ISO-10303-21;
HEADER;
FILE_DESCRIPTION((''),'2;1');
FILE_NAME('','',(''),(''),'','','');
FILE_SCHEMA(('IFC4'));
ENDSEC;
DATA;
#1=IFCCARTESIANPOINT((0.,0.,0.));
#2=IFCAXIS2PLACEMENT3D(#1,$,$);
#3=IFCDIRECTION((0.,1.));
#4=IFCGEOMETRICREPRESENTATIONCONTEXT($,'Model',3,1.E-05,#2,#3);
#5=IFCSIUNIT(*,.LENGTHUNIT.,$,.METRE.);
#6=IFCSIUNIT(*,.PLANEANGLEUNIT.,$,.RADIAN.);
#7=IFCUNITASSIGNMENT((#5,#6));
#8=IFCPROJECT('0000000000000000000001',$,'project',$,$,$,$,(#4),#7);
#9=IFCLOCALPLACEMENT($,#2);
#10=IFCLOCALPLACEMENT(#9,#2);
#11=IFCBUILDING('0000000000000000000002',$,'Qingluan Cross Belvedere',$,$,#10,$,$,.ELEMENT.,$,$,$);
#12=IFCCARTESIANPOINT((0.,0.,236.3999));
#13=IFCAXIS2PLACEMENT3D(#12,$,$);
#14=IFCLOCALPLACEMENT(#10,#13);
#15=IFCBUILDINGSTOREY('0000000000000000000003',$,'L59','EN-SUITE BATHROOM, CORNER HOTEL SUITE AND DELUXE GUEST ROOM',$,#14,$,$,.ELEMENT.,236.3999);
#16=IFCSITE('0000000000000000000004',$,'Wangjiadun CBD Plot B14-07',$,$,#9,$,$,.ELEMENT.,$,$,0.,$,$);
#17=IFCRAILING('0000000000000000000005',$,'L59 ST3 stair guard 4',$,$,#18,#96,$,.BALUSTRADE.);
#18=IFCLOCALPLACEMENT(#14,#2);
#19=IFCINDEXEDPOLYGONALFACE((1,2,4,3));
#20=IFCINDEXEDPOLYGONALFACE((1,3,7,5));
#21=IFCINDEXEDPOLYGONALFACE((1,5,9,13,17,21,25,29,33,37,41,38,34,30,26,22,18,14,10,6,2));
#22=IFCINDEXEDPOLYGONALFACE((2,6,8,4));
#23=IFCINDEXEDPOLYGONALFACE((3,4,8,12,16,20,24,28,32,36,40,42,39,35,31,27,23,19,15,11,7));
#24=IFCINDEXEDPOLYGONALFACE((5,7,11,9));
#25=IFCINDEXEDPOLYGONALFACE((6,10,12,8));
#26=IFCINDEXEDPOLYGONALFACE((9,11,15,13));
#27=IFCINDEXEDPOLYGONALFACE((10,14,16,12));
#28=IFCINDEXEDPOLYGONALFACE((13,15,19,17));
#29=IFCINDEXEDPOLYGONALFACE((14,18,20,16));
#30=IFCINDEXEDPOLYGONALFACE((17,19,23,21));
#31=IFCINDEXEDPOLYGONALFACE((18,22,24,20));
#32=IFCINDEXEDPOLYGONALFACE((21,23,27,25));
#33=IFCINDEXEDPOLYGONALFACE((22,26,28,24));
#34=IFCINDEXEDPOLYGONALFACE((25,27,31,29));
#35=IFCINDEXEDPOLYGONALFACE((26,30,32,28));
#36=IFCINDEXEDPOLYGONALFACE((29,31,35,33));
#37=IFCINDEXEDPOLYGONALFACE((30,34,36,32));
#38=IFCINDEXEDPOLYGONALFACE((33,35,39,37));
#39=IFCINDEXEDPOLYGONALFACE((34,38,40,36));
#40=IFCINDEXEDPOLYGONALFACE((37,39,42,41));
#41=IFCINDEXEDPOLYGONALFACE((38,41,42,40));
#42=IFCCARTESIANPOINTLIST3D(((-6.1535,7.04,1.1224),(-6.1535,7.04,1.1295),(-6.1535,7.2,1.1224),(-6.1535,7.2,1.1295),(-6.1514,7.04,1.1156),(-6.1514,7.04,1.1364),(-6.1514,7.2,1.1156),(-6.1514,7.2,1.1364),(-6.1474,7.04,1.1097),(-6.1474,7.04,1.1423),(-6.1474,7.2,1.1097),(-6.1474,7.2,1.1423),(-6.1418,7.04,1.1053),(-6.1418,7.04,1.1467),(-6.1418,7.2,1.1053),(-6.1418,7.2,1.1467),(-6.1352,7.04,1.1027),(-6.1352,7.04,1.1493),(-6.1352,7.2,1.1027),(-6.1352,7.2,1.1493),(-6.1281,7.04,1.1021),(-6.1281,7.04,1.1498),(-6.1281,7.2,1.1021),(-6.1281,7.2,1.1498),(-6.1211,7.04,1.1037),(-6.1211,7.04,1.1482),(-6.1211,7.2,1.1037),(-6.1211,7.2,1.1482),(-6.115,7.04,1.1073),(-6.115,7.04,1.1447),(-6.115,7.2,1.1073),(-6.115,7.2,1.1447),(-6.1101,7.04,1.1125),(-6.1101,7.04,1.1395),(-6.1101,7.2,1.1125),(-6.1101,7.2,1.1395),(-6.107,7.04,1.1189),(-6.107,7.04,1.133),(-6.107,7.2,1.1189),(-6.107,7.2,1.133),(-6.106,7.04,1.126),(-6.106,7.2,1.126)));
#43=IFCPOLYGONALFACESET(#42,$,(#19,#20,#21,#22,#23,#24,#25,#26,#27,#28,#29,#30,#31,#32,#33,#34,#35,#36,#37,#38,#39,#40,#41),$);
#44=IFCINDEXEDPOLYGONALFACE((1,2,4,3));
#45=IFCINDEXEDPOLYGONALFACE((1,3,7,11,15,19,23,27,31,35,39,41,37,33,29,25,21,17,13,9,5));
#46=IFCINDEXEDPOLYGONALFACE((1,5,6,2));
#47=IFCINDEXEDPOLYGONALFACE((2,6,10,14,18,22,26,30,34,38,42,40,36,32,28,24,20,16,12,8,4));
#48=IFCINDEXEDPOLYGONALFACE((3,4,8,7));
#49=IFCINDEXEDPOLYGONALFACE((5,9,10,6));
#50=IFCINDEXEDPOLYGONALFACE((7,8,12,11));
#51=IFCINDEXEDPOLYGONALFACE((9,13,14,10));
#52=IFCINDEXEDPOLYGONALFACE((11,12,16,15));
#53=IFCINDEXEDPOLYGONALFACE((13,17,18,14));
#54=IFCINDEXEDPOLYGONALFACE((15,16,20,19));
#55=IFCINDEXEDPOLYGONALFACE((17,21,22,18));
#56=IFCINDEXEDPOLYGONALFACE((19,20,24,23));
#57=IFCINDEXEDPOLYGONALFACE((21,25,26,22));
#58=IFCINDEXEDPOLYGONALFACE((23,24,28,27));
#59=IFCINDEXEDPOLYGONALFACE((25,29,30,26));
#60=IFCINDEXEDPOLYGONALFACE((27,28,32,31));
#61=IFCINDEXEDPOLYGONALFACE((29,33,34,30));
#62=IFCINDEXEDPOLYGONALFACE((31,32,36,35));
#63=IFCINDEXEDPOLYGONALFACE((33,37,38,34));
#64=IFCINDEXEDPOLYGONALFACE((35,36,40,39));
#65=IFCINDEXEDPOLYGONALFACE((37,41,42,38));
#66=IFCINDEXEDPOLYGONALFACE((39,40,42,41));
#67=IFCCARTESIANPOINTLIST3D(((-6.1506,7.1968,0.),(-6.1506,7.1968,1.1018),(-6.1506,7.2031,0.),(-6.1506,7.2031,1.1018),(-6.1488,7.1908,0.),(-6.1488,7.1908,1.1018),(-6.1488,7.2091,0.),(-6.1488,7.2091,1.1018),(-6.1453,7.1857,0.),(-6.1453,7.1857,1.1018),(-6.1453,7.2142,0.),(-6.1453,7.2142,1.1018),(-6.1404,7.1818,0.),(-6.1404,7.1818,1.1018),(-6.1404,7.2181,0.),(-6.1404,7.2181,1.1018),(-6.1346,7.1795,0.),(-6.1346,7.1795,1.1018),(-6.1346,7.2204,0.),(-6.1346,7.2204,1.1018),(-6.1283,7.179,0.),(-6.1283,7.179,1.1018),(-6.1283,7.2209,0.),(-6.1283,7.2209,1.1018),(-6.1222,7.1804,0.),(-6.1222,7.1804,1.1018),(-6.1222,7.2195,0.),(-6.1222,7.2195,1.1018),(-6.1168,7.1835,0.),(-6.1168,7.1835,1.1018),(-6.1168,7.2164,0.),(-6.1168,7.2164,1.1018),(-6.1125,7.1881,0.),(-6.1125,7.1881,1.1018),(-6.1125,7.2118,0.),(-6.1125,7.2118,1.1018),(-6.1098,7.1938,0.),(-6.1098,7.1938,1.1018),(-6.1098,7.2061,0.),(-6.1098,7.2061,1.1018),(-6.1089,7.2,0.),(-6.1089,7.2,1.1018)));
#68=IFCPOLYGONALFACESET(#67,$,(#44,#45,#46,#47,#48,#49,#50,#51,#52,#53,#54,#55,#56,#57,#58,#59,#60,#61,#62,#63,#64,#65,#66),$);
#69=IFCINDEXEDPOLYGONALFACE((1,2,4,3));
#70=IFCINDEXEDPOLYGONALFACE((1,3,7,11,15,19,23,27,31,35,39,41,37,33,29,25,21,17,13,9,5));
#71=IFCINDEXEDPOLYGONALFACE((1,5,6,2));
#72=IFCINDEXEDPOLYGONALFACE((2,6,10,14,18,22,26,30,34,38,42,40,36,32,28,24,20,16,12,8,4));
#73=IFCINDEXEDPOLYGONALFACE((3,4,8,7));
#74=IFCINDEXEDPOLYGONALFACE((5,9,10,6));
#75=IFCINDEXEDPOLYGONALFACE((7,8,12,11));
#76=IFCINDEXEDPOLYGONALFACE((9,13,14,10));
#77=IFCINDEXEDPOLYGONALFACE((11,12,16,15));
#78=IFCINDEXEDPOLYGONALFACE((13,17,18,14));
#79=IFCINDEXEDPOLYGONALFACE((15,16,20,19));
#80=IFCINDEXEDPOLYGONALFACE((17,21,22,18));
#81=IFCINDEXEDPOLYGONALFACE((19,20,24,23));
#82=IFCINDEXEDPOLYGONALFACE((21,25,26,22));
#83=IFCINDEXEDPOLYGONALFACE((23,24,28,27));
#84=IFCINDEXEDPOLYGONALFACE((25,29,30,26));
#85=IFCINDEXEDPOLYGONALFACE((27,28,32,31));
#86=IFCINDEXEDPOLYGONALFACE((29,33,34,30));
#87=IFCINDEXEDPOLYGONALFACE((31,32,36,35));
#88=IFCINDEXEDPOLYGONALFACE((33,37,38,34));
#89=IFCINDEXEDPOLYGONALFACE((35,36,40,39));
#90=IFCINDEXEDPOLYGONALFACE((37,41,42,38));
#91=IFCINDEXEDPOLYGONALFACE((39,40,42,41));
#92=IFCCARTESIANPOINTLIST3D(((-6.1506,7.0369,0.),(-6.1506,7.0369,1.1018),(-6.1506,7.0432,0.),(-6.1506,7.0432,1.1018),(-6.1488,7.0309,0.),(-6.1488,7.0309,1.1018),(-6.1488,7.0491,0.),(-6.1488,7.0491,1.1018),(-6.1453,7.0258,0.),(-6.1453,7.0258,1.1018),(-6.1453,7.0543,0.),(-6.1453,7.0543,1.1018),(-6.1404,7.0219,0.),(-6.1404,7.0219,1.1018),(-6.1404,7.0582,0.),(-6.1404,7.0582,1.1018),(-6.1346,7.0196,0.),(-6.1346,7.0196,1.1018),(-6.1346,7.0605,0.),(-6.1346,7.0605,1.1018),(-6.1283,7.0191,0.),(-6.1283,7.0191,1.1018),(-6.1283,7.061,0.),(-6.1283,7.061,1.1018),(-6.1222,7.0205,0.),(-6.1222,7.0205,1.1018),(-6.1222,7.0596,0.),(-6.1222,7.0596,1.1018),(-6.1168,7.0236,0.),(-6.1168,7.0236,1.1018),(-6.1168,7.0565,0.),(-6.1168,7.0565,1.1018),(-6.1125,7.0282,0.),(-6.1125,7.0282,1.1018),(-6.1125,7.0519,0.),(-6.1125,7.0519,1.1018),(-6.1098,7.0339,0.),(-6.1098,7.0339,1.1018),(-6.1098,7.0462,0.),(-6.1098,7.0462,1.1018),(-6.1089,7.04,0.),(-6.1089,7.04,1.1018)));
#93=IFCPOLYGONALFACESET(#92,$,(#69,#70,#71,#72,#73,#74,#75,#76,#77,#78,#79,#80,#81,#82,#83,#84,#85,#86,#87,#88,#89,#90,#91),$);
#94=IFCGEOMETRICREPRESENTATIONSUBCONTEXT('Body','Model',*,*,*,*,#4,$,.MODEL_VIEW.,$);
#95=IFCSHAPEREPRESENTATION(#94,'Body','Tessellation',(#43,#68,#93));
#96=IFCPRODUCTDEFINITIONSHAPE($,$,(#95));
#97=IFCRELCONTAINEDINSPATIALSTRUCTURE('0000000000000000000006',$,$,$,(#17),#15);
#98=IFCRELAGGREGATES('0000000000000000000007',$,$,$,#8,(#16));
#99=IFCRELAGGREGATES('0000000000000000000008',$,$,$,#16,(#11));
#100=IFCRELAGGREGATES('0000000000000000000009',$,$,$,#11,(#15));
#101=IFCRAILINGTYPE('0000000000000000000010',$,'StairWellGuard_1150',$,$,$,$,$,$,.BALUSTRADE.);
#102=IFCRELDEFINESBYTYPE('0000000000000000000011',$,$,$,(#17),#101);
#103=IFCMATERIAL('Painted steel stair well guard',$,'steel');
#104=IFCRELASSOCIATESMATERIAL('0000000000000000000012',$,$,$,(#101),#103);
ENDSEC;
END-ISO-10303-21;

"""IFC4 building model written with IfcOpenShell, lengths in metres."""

from ifc_helpers import new_model, si_unit, direction, frame, origin, origin_2d, place, context, subcontext, project, spatial, circle, extrude, material, type_object, element, save


model = new_model("IFC4")

# Units and contexts
model_context = context("Model", 3, precision=1e-05, world=origin(), true_north=direction((0.0, 1.0)))
body_context = subcontext(model_context, "Body", "Model", "MODEL_VIEW")
ifc_project = project(units=[si_unit("LENGTHUNIT", "METRE"), si_unit("PLANEANGLEUNIT", "RADIAN")], contexts=[model_context])

# Site, building, storey
site_placement = place(None, origin())
site = spatial("IfcSite", under=ifc_project, at=site_placement, Name="Wangjiadun CBD Plot B14-07", CompositionType="ELEMENT", RefElevation=0.0)
building_placement = place(site_placement, origin())
building = spatial("IfcBuilding", under=site, at=building_placement, Name="Qingluan Cross Belvedere", CompositionType="ELEMENT")
storey_placement = place(building_placement, frame((0.0, 0.0, 236.3999)))
storey = spatial("IfcBuildingStorey", under=building, at=storey_placement, Name="L59", Description="EN-SUITE BATHROOM, CORNER HOTEL SUITE AND DELUXE GUEST ROOM", CompositionType="ELEMENT", Elevation=236.3999)

# Railing
ifc_material_1 = material(Name="Painted steel stair well guard", Category="steel")
railing_type_1 = type_object("IfcRailingType", Name="StairWellGuard_1150", PredefinedType="BALUSTRADE", material=ifc_material_1)
railing_1_placement = place(storey_placement, frame((-6.1299, 7.2, 0.0)))
element("IfcRailing", 1, at=railing_1_placement, inside=storey, type_object=railing_type_1, Name="L59 ST3 stair guard 4", PredefinedType="BALUSTRADE", context=body_context, shape_type="SweptSolid", body=[
    extrude(circle(Radius=0.0239, at=origin_2d()), frame((0.0, 0.0, 1.126), z_axis=(0.0, -1.0, 0.0), x_axis=(1.0, 0.0, 0.0)), (0.0, 0.0, 1.0), 0.1599),
    extrude(circle(Radius=0.021, at=origin_2d()), origin(), (0.0, 0.0, 1.0), 1.1018),
    extrude(circle(Radius=0.021, at=origin_2d()), frame((0.0, -0.1599, 0.0)), (0.0, 0.0, 1.0), 1.1018),
])

save(model, "model.ifc")
